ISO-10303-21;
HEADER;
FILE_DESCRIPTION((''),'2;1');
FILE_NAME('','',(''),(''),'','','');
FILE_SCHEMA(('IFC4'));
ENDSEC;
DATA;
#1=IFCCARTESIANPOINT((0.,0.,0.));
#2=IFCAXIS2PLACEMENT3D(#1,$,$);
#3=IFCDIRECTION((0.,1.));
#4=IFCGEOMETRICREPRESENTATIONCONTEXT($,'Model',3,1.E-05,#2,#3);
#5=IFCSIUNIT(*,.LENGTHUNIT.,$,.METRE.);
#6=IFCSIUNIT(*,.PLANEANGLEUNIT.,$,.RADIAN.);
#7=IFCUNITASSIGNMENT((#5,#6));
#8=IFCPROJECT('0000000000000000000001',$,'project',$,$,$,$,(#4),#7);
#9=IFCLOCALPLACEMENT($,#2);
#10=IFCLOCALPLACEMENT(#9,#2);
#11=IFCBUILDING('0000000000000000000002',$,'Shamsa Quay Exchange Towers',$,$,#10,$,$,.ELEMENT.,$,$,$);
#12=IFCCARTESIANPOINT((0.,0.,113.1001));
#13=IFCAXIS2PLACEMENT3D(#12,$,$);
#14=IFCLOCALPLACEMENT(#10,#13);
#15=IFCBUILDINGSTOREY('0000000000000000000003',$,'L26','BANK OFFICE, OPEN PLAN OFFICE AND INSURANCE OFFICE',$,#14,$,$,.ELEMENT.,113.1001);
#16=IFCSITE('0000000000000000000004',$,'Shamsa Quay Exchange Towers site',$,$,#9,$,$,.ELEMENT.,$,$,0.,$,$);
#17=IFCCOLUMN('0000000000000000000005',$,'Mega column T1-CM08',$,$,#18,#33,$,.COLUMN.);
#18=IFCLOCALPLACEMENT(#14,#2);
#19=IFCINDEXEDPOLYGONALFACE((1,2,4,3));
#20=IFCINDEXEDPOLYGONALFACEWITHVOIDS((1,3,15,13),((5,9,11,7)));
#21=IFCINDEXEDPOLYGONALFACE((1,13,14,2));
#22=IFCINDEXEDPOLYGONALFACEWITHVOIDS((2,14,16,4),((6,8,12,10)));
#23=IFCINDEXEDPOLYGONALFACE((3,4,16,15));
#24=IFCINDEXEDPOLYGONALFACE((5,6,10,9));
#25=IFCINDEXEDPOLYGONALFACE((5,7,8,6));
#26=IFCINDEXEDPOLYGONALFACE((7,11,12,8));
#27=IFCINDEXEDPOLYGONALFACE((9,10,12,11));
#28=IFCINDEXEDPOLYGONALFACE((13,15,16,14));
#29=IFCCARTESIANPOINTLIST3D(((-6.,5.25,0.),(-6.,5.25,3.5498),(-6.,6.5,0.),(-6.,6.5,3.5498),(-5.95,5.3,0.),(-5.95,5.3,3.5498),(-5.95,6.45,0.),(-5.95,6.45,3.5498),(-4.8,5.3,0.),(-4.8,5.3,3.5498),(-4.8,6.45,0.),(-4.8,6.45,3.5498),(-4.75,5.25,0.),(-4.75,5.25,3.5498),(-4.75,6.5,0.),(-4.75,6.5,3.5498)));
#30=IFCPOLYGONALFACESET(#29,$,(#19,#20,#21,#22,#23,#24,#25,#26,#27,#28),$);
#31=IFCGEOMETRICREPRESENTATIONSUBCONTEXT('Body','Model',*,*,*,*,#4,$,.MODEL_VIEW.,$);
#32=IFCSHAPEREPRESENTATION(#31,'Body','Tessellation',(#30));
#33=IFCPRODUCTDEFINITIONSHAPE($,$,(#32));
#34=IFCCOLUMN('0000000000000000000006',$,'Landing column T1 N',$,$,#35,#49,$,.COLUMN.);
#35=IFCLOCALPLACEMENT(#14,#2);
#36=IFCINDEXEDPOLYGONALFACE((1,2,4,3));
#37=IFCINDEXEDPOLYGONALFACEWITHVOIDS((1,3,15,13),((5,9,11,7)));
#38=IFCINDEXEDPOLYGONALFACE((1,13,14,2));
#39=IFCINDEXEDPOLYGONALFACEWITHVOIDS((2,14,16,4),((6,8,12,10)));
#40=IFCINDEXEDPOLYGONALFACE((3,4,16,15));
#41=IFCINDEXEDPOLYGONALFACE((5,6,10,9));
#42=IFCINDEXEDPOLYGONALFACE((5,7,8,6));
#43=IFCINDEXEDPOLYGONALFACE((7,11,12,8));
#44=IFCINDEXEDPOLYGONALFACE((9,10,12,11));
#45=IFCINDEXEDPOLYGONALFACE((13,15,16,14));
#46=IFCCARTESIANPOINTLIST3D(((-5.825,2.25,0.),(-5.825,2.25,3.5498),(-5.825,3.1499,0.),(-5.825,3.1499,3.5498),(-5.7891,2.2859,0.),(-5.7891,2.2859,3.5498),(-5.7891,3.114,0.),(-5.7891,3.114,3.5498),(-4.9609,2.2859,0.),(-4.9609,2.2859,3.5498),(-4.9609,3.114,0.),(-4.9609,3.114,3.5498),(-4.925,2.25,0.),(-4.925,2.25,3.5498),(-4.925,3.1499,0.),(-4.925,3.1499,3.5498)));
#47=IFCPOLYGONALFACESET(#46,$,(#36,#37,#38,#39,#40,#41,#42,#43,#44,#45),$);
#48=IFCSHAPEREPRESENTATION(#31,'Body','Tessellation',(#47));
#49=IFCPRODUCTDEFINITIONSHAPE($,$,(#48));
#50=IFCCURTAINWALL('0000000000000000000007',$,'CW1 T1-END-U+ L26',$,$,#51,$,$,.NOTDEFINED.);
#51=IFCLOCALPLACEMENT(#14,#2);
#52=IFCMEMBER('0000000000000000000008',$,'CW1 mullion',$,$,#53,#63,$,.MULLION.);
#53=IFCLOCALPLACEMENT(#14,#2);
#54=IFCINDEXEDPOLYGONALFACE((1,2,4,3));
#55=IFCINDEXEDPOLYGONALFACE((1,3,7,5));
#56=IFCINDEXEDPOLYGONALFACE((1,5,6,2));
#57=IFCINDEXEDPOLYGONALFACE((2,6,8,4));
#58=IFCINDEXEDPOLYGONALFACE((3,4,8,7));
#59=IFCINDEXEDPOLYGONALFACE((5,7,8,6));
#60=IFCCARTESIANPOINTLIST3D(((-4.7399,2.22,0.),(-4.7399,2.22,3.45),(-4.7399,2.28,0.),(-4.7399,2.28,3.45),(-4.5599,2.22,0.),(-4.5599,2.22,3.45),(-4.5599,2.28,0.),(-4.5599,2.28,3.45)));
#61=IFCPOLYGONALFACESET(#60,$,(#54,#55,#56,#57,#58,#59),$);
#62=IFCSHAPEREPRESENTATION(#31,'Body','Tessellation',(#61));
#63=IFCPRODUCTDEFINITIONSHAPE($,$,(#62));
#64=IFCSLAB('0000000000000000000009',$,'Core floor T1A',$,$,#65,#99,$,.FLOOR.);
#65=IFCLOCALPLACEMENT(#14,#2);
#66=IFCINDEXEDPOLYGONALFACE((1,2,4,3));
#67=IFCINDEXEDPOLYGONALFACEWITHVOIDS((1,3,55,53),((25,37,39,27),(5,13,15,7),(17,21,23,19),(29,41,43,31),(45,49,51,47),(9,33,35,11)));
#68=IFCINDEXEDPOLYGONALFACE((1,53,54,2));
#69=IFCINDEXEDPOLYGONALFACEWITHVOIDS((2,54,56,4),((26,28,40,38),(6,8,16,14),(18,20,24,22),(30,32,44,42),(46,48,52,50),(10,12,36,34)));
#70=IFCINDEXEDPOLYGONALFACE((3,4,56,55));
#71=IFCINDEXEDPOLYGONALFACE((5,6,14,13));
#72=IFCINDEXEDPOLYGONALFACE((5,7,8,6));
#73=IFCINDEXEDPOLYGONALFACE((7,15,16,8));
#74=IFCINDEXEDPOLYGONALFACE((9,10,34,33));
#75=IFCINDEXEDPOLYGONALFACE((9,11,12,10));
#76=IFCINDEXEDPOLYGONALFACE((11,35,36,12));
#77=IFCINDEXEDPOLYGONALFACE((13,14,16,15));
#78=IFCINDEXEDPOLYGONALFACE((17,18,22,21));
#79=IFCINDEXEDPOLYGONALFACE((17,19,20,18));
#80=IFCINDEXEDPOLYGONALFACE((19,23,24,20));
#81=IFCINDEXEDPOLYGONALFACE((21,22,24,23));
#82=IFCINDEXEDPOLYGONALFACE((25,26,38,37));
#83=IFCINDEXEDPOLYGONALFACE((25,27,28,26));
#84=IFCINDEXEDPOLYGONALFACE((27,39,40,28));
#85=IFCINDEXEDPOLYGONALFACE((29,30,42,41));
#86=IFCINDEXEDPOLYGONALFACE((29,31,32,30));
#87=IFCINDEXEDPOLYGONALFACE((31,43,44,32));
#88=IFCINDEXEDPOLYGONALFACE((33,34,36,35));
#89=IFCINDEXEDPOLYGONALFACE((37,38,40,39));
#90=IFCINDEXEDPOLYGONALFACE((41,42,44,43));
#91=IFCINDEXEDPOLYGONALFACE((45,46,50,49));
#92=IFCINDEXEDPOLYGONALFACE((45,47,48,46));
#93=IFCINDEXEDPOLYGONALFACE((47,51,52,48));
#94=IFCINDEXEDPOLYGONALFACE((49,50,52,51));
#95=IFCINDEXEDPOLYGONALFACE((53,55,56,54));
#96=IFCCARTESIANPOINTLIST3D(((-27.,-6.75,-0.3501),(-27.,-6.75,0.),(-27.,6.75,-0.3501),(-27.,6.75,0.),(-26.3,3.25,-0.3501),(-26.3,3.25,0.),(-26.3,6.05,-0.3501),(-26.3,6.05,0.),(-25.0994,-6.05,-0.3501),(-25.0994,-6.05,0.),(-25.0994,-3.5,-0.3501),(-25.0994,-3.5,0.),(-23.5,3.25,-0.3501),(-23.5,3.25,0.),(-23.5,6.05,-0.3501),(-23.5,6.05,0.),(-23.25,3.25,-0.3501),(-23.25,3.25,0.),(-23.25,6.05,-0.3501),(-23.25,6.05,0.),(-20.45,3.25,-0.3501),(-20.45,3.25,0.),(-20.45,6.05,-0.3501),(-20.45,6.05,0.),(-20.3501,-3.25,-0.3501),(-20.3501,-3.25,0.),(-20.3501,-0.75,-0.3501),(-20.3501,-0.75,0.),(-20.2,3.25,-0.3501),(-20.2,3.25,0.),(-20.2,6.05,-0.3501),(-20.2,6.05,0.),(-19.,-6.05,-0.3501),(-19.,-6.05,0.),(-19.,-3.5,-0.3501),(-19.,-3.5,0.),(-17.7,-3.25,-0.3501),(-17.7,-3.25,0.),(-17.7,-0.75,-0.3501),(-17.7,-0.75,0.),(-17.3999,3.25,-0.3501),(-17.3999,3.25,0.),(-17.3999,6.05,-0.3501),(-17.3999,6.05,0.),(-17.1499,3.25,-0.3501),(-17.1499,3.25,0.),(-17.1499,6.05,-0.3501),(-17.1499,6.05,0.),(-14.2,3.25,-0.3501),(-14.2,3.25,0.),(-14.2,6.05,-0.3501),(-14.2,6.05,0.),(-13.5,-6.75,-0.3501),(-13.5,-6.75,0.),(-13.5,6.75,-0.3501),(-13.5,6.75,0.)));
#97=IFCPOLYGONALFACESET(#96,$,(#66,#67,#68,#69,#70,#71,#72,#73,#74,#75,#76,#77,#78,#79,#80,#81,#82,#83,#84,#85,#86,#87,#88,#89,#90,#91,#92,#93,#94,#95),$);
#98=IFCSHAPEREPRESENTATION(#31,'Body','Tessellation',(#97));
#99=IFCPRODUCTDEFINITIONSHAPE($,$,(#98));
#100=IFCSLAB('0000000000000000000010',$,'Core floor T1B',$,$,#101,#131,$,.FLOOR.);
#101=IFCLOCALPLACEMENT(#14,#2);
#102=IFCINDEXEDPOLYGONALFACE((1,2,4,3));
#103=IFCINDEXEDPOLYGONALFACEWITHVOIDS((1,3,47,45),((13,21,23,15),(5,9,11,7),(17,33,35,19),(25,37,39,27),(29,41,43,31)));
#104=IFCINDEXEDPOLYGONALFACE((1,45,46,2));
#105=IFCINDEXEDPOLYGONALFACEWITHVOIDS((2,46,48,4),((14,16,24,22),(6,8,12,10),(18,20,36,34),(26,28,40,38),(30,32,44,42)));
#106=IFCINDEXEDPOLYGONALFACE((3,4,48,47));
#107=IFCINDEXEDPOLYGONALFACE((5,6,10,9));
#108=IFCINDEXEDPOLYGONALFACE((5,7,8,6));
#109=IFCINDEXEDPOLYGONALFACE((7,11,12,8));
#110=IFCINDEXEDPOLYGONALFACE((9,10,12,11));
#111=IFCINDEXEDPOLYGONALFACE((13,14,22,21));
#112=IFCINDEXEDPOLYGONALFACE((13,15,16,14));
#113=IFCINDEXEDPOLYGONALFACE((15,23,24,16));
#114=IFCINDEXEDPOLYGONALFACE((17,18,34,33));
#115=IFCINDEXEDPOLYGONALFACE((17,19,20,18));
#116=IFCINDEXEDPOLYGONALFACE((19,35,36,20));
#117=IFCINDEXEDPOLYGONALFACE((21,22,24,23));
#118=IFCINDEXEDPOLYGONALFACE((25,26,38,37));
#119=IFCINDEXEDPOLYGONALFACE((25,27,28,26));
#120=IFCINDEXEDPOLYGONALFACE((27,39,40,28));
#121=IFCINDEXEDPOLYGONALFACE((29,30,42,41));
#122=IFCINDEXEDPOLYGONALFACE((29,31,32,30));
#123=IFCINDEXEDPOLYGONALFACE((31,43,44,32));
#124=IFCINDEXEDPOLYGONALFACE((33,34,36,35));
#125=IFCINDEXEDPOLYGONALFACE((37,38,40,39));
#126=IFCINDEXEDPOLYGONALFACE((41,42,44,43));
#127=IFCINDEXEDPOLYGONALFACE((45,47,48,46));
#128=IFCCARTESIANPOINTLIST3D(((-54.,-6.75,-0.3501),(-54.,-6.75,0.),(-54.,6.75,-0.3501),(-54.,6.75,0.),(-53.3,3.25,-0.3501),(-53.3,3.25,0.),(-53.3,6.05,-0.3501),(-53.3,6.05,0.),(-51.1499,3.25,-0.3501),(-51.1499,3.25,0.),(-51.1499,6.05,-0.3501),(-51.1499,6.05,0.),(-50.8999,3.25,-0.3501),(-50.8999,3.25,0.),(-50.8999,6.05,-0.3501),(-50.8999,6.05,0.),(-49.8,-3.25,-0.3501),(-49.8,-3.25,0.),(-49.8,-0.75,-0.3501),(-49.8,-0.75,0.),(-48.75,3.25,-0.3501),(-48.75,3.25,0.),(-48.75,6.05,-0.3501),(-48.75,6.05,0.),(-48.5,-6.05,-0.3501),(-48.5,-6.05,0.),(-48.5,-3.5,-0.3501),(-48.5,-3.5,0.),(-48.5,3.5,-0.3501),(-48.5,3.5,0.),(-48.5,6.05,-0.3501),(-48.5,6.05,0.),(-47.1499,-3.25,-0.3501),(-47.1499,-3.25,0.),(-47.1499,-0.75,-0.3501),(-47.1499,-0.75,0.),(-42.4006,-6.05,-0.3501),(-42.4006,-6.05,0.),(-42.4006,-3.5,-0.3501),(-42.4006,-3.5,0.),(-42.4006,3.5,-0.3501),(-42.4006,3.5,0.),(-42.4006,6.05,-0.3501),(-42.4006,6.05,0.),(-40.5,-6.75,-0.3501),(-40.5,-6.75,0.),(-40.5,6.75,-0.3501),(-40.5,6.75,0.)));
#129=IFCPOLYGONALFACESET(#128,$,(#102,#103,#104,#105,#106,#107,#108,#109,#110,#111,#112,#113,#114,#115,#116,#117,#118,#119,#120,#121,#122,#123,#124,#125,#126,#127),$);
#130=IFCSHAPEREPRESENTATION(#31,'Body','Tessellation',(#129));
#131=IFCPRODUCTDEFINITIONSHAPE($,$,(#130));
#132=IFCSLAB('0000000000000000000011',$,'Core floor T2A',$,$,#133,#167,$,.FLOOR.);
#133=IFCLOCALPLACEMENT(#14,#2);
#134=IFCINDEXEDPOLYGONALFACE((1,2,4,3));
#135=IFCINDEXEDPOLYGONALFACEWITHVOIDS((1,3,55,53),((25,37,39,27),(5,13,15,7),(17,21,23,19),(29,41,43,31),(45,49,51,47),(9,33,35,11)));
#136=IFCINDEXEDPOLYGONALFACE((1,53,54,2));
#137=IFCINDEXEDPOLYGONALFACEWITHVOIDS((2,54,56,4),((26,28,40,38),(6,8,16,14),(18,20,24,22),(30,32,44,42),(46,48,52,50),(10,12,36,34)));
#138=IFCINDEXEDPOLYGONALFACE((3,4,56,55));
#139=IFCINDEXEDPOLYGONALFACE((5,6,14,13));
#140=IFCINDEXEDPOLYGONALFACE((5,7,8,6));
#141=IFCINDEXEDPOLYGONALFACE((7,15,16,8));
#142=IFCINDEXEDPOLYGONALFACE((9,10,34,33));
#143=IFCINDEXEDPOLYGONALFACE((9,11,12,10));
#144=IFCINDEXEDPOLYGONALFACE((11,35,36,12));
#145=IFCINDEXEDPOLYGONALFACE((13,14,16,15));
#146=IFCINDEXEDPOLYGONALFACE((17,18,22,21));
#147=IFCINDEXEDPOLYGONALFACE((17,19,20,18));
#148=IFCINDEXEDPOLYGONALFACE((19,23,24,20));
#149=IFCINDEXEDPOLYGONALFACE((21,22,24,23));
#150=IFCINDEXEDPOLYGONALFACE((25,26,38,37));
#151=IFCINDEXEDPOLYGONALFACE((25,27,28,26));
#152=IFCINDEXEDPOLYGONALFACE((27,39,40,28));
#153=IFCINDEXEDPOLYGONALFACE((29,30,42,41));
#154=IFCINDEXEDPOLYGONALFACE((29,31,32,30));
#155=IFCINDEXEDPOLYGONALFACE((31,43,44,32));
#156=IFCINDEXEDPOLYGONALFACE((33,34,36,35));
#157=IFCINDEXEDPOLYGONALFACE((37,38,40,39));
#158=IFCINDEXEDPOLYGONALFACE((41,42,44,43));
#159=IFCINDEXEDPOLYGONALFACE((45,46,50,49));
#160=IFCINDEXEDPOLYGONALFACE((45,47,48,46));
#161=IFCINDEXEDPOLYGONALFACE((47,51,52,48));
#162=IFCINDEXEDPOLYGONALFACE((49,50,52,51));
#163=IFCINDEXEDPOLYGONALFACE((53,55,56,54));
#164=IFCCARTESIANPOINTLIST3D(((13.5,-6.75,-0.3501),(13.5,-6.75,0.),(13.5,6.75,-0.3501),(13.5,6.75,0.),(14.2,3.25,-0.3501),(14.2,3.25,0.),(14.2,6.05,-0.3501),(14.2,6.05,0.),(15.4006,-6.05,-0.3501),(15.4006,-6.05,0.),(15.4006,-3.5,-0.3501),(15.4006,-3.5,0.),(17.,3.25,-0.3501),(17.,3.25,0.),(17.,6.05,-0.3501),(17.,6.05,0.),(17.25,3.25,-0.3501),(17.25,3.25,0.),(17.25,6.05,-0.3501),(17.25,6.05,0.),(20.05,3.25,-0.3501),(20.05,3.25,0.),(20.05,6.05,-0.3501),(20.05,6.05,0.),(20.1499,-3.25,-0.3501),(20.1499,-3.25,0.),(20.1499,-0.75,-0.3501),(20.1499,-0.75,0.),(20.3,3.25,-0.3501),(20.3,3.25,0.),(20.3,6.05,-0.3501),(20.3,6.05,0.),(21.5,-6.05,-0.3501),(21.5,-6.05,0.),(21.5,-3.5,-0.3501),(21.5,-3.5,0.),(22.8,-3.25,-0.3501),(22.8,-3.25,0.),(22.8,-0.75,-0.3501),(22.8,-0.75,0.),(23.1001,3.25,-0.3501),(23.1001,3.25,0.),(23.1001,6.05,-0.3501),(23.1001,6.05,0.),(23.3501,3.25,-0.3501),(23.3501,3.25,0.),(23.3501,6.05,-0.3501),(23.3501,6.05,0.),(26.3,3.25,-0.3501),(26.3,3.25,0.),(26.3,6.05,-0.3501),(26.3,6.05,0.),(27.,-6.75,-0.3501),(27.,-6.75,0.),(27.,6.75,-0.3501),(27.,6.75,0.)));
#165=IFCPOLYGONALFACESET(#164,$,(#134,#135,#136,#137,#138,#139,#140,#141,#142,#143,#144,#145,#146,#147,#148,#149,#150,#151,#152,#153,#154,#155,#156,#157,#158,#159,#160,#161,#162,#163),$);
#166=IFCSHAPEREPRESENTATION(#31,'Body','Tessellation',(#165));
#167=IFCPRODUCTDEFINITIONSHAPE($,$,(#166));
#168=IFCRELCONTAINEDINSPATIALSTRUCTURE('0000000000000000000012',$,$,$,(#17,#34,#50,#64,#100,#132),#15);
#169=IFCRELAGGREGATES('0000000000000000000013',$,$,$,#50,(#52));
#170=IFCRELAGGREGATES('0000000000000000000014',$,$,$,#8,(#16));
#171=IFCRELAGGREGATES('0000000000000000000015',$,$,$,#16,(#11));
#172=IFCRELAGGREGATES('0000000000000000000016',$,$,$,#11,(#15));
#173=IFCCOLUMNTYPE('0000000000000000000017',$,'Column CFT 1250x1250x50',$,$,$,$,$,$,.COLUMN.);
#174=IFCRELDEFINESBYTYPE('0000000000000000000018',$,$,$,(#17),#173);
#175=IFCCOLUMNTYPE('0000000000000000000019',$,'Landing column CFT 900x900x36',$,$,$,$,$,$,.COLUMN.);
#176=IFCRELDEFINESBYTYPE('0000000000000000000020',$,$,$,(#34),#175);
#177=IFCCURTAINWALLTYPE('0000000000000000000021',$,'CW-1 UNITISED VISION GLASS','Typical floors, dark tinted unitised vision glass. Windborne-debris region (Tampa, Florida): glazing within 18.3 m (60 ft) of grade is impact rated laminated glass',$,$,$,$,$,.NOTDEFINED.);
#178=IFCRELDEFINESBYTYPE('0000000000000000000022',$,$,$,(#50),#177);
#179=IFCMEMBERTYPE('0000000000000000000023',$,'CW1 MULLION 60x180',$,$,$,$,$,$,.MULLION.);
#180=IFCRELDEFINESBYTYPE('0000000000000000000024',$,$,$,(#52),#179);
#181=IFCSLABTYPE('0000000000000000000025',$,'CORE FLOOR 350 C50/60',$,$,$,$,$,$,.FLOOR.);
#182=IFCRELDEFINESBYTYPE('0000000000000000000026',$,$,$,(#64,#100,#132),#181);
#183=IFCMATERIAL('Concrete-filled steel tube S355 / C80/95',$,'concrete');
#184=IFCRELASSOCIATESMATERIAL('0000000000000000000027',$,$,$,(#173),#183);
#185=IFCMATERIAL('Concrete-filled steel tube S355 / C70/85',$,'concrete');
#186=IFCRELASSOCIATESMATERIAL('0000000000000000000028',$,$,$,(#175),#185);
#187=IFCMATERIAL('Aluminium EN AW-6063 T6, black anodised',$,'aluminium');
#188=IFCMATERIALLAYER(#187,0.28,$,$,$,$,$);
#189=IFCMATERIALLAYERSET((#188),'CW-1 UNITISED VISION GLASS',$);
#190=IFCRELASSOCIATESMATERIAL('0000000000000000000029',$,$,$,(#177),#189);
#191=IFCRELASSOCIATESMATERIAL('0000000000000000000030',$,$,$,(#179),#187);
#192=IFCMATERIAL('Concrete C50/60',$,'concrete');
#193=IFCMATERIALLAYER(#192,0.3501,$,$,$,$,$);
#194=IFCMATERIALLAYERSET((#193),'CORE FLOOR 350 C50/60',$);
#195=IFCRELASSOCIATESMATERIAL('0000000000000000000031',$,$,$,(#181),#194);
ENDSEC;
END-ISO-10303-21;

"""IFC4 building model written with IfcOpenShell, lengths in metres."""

from ifc_helpers import new_model, si_unit, direction, frame, origin, origin_2d, place, context, subcontext, project, spatial, polyline, rectangle, hollow_rectangle, outline, extrude, material, layer, layer_set, material_profile, profile_set, type_object, element, aggregate, save


model = new_model("IFC4")

# Units and contexts
model_context = context("Model", 3, precision=1e-05, world=origin(), true_north=direction((0.0, 1.0)))
body_context = subcontext(model_context, "Body", "Model", "MODEL_VIEW")
ifc_project = project(units=[si_unit("LENGTHUNIT", "METRE"), si_unit("PLANEANGLEUNIT", "RADIAN")], contexts=[model_context])

# Site, building, storey
site_placement = place(None, origin())
site = spatial("IfcSite", under=ifc_project, at=site_placement, Name="Shamsa Quay Exchange Towers site", CompositionType="ELEMENT", RefElevation=0.0)
building_placement = place(site_placement, origin())
building = spatial("IfcBuilding", under=site, at=building_placement, Name="Shamsa Quay Exchange Towers", CompositionType="ELEMENT")
storey_placement = place(building_placement, frame((0.0, 0.0, 113.1001)))
storey = spatial("IfcBuildingStorey", under=building, at=storey_placement, Name="L26", Description="BANK OFFICE, OPEN PLAN OFFICE AND INSURANCE OFFICE", CompositionType="ELEMENT", Elevation=113.1001)

# Columns
ifc_material_1 = material(Name="Concrete-filled steel tube S355 / C80/95", Category="concrete")
ifc_material_profile_1 = material_profile(ifc_material_1, hollow_rectangle(XDim=1.25, YDim=1.25, WallThickness=0.05, at=origin_2d()), Name="CFT 1250x1250x50")
ifc_profile_set_1 = profile_set([ifc_material_profile_1], Name="Concrete-filled steel tube S355 / C80/95")
column_type_1 = type_object("IfcColumnType", Name="Column CFT 1250x1250x50", PredefinedType="COLUMN", material=ifc_profile_set_1)
column_1_placement = place(storey_placement, frame((-5.375, 5.875, 0.0)))
element("IfcColumn", 1, at=column_1_placement, inside=storey, type_object=column_type_1, Name="Mega column T1-CM08", PredefinedType="COLUMN", context=body_context, shape_type="SweptSolid", body=[
    extrude(hollow_rectangle(XDim=1.25, YDim=1.25, WallThickness=0.05, at=origin_2d()), origin(), (0.0, 0.0, 1.0), 3.5498),
])
ifc_material_2 = material(Name="Concrete-filled steel tube S355 / C70/85", Category="concrete")
ifc_material_profile_2 = material_profile(ifc_material_2, hollow_rectangle(XDim=0.8999, YDim=0.8999, WallThickness=0.0359, at=origin_2d()), Name="CFT 900x900x36")
ifc_profile_set_2 = profile_set([ifc_material_profile_2], Name="Concrete-filled steel tube S355 / C70/85")
column_type_2 = type_object("IfcColumnType", Name="Landing column CFT 900x900x36", PredefinedType="COLUMN", material=ifc_profile_set_2)
column_2_placement = place(storey_placement, frame((-5.375, 2.7, 0.0)))
element("IfcColumn", 2, at=column_2_placement, inside=storey, type_object=column_type_2, Name="Landing column T1 N", PredefinedType="COLUMN", context=body_context, shape_type="SweptSolid", body=[
    extrude(hollow_rectangle(XDim=0.8999, YDim=0.8999, WallThickness=0.0359, at=origin_2d()), origin(), (0.0, 0.0, 1.0), 3.5498),
])

# Curtain wall, member
ifc_material_3 = material(Name="Aluminium EN AW-6063 T6, black anodised", Category="aluminium")
ifc_layer_1 = layer(ifc_material_3, 0.28)
ifc_layer_set_1 = layer_set([ifc_layer_1], Name="CW-1 UNITISED VISION GLASS")
curtain_wall_type = type_object("IfcCurtainWallType", Name="CW-1 UNITISED VISION GLASS", Description="Typical floors, dark tinted unitised vision glass. Windborne-debris region (Tampa, Florida): glazing within 18.3 m (60 ft) of grade is impact rated laminated glass", PredefinedType="NOTDEFINED", material=ifc_layer_set_1)
curtain_wall_1_placement = place(storey_placement, origin())
curtain_wall_1 = element("IfcCurtainWall", 3, at=curtain_wall_1_placement, inside=storey, type_object=curtain_wall_type, Name="CW1 T1-END-U+ L26", PredefinedType="NOTDEFINED")
ifc_material_profile_3 = material_profile(ifc_material_3, rectangle(XDim=0.1799, YDim=0.0601, at=origin_2d()), Name="MU60x180")
ifc_profile_set_3 = profile_set([ifc_material_profile_3], Name="Aluminium EN AW-6063 T6, black anodised")
member_type = type_object("IfcMemberType", Name="CW1 MULLION 60x180", PredefinedType="MULLION", material=ifc_profile_set_3)
member_placement = place(storey_placement, frame((-4.6499, 2.25, 0.0), z_axis=(0.0, 0.0, 1.0), x_axis=(-1.0, 0.0, 0.0)))
member = element("IfcMember", 4, at=member_placement, type_object=member_type, Name="CW1 mullion", PredefinedType="MULLION", context=body_context, shape_type="SweptSolid", body=[
    extrude(rectangle(XDim=0.1799, YDim=0.0601, at=origin_2d()), origin(), (0.0, 0.0, 1.0), 3.45),
])

# Slabs
ifc_material_4 = material(Name="Concrete C50/60", Category="concrete")
ifc_layer_2 = layer(ifc_material_4, 0.3501)
ifc_layer_set_2 = layer_set([ifc_layer_2], Name="CORE FLOOR 350 C50/60")
slab_type_1 = type_object("IfcSlabType", Name="CORE FLOOR 350 C50/60", PredefinedType="FLOOR", material=ifc_layer_set_2)
slab_1_placement = place(storey_placement, frame((0.0, 0.0, -0.3501)))
element("IfcSlab", 5, at=slab_1_placement, inside=storey, type_object=slab_type_1, Name="Core floor T1A", PredefinedType="FLOOR", context=body_context, shape_type="SweptSolid", body=[
    extrude(outline(polyline([(-27.0, -6.75), (-13.5, -6.75), (-13.5, 6.75), (-27.0, 6.75), (-27.0, -6.75)]), holes=[polyline([(-25.0994, -6.05), (-25.0994, -3.5), (-19.0, -3.5), (-19.0, -6.05), (-25.0994, -6.05)]), polyline([(-26.3, 3.25), (-26.3, 6.05), (-23.5, 6.05), (-23.5, 3.25), (-26.3, 3.25)]), polyline([(-23.25, 3.25), (-23.25, 6.05), (-20.45, 6.05), (-20.45, 3.25), (-23.25, 3.25)]), polyline([(-20.2, 3.25), (-20.2, 6.05), (-17.3999, 6.05), (-17.3999, 3.25), (-20.2, 3.25)]), polyline([(-17.1499, 3.25), (-17.1499, 6.05), (-14.2, 6.05), (-14.2, 3.25), (-17.1499, 3.25)]), polyline([(-20.3501, -3.25), (-20.3501, -0.75), (-17.7, -0.75), (-17.7, -3.25), (-20.3501, -3.25)])]), origin(), (0.0, 0.0, 1.0), 0.3501),
])
slab_2_placement = place(storey_placement, frame((0.0, 0.0, -0.3501)))
element("IfcSlab", 6, at=slab_2_placement, inside=storey, type_object=slab_type_1, Name="Core floor T1B", PredefinedType="FLOOR", context=body_context, shape_type="SweptSolid", body=[
    extrude(outline(polyline([(-40.5, -6.75), (-40.5, 6.75), (-54.0, 6.75), (-54.0, -6.75), (-40.5, -6.75)]), holes=[polyline([(-42.4006, -3.5), (-42.4006, -6.05), (-48.5, -6.05), (-48.5, -3.5), (-42.4006, -3.5)]), polyline([(-42.4006, 6.05), (-42.4006, 3.5), (-48.5, 3.5), (-48.5, 6.05), (-42.4006, 6.05)]), polyline([(-48.75, 3.25), (-50.8999, 3.25), (-50.8999, 6.05), (-48.75, 6.05), (-48.75, 3.25)]), polyline([(-51.1499, 3.25), (-53.3, 3.25), (-53.3, 6.05), (-51.1499, 6.05), (-51.1499, 3.25)]), polyline([(-47.1499, -3.25), (-49.8, -3.25), (-49.8, -0.75), (-47.1499, -0.75), (-47.1499, -3.25)])]), origin(), (0.0, 0.0, 1.0), 0.3501),
])
slab_3_placement = place(storey_placement, frame((0.0, 0.0, -0.3501)))
element("IfcSlab", 7, at=slab_3_placement, inside=storey, type_object=slab_type_1, Name="Core floor T2A", PredefinedType="FLOOR", context=body_context, shape_type="SweptSolid", body=[
    extrude(outline(polyline([(13.5, -6.75), (27.0, -6.75), (27.0, 6.75), (13.5, 6.75), (13.5, -6.75)]), holes=[polyline([(15.4006, -6.05), (15.4006, -3.5), (21.5, -3.5), (21.5, -6.05), (15.4006, -6.05)]), polyline([(14.2, 3.25), (14.2, 6.05), (17.0, 6.05), (17.0, 3.25), (14.2, 3.25)]), polyline([(17.25, 3.25), (17.25, 6.05), (20.05, 6.05), (20.05, 3.25), (17.25, 3.25)]), polyline([(20.3, 3.25), (20.3, 6.05), (23.1001, 6.05), (23.1001, 3.25), (20.3, 3.25)]), polyline([(23.3501, 3.25), (23.3501, 6.05), (26.3, 6.05), (26.3, 3.25), (23.3501, 3.25)]), polyline([(20.1499, -3.25), (20.1499, -0.75), (22.8, -0.75), (22.8, -3.25), (20.1499, -3.25)])]), origin(), (0.0, 0.0, 1.0), 0.3501),
])

aggregate(curtain_wall_1, [member])

save(model, "model.ifc")
